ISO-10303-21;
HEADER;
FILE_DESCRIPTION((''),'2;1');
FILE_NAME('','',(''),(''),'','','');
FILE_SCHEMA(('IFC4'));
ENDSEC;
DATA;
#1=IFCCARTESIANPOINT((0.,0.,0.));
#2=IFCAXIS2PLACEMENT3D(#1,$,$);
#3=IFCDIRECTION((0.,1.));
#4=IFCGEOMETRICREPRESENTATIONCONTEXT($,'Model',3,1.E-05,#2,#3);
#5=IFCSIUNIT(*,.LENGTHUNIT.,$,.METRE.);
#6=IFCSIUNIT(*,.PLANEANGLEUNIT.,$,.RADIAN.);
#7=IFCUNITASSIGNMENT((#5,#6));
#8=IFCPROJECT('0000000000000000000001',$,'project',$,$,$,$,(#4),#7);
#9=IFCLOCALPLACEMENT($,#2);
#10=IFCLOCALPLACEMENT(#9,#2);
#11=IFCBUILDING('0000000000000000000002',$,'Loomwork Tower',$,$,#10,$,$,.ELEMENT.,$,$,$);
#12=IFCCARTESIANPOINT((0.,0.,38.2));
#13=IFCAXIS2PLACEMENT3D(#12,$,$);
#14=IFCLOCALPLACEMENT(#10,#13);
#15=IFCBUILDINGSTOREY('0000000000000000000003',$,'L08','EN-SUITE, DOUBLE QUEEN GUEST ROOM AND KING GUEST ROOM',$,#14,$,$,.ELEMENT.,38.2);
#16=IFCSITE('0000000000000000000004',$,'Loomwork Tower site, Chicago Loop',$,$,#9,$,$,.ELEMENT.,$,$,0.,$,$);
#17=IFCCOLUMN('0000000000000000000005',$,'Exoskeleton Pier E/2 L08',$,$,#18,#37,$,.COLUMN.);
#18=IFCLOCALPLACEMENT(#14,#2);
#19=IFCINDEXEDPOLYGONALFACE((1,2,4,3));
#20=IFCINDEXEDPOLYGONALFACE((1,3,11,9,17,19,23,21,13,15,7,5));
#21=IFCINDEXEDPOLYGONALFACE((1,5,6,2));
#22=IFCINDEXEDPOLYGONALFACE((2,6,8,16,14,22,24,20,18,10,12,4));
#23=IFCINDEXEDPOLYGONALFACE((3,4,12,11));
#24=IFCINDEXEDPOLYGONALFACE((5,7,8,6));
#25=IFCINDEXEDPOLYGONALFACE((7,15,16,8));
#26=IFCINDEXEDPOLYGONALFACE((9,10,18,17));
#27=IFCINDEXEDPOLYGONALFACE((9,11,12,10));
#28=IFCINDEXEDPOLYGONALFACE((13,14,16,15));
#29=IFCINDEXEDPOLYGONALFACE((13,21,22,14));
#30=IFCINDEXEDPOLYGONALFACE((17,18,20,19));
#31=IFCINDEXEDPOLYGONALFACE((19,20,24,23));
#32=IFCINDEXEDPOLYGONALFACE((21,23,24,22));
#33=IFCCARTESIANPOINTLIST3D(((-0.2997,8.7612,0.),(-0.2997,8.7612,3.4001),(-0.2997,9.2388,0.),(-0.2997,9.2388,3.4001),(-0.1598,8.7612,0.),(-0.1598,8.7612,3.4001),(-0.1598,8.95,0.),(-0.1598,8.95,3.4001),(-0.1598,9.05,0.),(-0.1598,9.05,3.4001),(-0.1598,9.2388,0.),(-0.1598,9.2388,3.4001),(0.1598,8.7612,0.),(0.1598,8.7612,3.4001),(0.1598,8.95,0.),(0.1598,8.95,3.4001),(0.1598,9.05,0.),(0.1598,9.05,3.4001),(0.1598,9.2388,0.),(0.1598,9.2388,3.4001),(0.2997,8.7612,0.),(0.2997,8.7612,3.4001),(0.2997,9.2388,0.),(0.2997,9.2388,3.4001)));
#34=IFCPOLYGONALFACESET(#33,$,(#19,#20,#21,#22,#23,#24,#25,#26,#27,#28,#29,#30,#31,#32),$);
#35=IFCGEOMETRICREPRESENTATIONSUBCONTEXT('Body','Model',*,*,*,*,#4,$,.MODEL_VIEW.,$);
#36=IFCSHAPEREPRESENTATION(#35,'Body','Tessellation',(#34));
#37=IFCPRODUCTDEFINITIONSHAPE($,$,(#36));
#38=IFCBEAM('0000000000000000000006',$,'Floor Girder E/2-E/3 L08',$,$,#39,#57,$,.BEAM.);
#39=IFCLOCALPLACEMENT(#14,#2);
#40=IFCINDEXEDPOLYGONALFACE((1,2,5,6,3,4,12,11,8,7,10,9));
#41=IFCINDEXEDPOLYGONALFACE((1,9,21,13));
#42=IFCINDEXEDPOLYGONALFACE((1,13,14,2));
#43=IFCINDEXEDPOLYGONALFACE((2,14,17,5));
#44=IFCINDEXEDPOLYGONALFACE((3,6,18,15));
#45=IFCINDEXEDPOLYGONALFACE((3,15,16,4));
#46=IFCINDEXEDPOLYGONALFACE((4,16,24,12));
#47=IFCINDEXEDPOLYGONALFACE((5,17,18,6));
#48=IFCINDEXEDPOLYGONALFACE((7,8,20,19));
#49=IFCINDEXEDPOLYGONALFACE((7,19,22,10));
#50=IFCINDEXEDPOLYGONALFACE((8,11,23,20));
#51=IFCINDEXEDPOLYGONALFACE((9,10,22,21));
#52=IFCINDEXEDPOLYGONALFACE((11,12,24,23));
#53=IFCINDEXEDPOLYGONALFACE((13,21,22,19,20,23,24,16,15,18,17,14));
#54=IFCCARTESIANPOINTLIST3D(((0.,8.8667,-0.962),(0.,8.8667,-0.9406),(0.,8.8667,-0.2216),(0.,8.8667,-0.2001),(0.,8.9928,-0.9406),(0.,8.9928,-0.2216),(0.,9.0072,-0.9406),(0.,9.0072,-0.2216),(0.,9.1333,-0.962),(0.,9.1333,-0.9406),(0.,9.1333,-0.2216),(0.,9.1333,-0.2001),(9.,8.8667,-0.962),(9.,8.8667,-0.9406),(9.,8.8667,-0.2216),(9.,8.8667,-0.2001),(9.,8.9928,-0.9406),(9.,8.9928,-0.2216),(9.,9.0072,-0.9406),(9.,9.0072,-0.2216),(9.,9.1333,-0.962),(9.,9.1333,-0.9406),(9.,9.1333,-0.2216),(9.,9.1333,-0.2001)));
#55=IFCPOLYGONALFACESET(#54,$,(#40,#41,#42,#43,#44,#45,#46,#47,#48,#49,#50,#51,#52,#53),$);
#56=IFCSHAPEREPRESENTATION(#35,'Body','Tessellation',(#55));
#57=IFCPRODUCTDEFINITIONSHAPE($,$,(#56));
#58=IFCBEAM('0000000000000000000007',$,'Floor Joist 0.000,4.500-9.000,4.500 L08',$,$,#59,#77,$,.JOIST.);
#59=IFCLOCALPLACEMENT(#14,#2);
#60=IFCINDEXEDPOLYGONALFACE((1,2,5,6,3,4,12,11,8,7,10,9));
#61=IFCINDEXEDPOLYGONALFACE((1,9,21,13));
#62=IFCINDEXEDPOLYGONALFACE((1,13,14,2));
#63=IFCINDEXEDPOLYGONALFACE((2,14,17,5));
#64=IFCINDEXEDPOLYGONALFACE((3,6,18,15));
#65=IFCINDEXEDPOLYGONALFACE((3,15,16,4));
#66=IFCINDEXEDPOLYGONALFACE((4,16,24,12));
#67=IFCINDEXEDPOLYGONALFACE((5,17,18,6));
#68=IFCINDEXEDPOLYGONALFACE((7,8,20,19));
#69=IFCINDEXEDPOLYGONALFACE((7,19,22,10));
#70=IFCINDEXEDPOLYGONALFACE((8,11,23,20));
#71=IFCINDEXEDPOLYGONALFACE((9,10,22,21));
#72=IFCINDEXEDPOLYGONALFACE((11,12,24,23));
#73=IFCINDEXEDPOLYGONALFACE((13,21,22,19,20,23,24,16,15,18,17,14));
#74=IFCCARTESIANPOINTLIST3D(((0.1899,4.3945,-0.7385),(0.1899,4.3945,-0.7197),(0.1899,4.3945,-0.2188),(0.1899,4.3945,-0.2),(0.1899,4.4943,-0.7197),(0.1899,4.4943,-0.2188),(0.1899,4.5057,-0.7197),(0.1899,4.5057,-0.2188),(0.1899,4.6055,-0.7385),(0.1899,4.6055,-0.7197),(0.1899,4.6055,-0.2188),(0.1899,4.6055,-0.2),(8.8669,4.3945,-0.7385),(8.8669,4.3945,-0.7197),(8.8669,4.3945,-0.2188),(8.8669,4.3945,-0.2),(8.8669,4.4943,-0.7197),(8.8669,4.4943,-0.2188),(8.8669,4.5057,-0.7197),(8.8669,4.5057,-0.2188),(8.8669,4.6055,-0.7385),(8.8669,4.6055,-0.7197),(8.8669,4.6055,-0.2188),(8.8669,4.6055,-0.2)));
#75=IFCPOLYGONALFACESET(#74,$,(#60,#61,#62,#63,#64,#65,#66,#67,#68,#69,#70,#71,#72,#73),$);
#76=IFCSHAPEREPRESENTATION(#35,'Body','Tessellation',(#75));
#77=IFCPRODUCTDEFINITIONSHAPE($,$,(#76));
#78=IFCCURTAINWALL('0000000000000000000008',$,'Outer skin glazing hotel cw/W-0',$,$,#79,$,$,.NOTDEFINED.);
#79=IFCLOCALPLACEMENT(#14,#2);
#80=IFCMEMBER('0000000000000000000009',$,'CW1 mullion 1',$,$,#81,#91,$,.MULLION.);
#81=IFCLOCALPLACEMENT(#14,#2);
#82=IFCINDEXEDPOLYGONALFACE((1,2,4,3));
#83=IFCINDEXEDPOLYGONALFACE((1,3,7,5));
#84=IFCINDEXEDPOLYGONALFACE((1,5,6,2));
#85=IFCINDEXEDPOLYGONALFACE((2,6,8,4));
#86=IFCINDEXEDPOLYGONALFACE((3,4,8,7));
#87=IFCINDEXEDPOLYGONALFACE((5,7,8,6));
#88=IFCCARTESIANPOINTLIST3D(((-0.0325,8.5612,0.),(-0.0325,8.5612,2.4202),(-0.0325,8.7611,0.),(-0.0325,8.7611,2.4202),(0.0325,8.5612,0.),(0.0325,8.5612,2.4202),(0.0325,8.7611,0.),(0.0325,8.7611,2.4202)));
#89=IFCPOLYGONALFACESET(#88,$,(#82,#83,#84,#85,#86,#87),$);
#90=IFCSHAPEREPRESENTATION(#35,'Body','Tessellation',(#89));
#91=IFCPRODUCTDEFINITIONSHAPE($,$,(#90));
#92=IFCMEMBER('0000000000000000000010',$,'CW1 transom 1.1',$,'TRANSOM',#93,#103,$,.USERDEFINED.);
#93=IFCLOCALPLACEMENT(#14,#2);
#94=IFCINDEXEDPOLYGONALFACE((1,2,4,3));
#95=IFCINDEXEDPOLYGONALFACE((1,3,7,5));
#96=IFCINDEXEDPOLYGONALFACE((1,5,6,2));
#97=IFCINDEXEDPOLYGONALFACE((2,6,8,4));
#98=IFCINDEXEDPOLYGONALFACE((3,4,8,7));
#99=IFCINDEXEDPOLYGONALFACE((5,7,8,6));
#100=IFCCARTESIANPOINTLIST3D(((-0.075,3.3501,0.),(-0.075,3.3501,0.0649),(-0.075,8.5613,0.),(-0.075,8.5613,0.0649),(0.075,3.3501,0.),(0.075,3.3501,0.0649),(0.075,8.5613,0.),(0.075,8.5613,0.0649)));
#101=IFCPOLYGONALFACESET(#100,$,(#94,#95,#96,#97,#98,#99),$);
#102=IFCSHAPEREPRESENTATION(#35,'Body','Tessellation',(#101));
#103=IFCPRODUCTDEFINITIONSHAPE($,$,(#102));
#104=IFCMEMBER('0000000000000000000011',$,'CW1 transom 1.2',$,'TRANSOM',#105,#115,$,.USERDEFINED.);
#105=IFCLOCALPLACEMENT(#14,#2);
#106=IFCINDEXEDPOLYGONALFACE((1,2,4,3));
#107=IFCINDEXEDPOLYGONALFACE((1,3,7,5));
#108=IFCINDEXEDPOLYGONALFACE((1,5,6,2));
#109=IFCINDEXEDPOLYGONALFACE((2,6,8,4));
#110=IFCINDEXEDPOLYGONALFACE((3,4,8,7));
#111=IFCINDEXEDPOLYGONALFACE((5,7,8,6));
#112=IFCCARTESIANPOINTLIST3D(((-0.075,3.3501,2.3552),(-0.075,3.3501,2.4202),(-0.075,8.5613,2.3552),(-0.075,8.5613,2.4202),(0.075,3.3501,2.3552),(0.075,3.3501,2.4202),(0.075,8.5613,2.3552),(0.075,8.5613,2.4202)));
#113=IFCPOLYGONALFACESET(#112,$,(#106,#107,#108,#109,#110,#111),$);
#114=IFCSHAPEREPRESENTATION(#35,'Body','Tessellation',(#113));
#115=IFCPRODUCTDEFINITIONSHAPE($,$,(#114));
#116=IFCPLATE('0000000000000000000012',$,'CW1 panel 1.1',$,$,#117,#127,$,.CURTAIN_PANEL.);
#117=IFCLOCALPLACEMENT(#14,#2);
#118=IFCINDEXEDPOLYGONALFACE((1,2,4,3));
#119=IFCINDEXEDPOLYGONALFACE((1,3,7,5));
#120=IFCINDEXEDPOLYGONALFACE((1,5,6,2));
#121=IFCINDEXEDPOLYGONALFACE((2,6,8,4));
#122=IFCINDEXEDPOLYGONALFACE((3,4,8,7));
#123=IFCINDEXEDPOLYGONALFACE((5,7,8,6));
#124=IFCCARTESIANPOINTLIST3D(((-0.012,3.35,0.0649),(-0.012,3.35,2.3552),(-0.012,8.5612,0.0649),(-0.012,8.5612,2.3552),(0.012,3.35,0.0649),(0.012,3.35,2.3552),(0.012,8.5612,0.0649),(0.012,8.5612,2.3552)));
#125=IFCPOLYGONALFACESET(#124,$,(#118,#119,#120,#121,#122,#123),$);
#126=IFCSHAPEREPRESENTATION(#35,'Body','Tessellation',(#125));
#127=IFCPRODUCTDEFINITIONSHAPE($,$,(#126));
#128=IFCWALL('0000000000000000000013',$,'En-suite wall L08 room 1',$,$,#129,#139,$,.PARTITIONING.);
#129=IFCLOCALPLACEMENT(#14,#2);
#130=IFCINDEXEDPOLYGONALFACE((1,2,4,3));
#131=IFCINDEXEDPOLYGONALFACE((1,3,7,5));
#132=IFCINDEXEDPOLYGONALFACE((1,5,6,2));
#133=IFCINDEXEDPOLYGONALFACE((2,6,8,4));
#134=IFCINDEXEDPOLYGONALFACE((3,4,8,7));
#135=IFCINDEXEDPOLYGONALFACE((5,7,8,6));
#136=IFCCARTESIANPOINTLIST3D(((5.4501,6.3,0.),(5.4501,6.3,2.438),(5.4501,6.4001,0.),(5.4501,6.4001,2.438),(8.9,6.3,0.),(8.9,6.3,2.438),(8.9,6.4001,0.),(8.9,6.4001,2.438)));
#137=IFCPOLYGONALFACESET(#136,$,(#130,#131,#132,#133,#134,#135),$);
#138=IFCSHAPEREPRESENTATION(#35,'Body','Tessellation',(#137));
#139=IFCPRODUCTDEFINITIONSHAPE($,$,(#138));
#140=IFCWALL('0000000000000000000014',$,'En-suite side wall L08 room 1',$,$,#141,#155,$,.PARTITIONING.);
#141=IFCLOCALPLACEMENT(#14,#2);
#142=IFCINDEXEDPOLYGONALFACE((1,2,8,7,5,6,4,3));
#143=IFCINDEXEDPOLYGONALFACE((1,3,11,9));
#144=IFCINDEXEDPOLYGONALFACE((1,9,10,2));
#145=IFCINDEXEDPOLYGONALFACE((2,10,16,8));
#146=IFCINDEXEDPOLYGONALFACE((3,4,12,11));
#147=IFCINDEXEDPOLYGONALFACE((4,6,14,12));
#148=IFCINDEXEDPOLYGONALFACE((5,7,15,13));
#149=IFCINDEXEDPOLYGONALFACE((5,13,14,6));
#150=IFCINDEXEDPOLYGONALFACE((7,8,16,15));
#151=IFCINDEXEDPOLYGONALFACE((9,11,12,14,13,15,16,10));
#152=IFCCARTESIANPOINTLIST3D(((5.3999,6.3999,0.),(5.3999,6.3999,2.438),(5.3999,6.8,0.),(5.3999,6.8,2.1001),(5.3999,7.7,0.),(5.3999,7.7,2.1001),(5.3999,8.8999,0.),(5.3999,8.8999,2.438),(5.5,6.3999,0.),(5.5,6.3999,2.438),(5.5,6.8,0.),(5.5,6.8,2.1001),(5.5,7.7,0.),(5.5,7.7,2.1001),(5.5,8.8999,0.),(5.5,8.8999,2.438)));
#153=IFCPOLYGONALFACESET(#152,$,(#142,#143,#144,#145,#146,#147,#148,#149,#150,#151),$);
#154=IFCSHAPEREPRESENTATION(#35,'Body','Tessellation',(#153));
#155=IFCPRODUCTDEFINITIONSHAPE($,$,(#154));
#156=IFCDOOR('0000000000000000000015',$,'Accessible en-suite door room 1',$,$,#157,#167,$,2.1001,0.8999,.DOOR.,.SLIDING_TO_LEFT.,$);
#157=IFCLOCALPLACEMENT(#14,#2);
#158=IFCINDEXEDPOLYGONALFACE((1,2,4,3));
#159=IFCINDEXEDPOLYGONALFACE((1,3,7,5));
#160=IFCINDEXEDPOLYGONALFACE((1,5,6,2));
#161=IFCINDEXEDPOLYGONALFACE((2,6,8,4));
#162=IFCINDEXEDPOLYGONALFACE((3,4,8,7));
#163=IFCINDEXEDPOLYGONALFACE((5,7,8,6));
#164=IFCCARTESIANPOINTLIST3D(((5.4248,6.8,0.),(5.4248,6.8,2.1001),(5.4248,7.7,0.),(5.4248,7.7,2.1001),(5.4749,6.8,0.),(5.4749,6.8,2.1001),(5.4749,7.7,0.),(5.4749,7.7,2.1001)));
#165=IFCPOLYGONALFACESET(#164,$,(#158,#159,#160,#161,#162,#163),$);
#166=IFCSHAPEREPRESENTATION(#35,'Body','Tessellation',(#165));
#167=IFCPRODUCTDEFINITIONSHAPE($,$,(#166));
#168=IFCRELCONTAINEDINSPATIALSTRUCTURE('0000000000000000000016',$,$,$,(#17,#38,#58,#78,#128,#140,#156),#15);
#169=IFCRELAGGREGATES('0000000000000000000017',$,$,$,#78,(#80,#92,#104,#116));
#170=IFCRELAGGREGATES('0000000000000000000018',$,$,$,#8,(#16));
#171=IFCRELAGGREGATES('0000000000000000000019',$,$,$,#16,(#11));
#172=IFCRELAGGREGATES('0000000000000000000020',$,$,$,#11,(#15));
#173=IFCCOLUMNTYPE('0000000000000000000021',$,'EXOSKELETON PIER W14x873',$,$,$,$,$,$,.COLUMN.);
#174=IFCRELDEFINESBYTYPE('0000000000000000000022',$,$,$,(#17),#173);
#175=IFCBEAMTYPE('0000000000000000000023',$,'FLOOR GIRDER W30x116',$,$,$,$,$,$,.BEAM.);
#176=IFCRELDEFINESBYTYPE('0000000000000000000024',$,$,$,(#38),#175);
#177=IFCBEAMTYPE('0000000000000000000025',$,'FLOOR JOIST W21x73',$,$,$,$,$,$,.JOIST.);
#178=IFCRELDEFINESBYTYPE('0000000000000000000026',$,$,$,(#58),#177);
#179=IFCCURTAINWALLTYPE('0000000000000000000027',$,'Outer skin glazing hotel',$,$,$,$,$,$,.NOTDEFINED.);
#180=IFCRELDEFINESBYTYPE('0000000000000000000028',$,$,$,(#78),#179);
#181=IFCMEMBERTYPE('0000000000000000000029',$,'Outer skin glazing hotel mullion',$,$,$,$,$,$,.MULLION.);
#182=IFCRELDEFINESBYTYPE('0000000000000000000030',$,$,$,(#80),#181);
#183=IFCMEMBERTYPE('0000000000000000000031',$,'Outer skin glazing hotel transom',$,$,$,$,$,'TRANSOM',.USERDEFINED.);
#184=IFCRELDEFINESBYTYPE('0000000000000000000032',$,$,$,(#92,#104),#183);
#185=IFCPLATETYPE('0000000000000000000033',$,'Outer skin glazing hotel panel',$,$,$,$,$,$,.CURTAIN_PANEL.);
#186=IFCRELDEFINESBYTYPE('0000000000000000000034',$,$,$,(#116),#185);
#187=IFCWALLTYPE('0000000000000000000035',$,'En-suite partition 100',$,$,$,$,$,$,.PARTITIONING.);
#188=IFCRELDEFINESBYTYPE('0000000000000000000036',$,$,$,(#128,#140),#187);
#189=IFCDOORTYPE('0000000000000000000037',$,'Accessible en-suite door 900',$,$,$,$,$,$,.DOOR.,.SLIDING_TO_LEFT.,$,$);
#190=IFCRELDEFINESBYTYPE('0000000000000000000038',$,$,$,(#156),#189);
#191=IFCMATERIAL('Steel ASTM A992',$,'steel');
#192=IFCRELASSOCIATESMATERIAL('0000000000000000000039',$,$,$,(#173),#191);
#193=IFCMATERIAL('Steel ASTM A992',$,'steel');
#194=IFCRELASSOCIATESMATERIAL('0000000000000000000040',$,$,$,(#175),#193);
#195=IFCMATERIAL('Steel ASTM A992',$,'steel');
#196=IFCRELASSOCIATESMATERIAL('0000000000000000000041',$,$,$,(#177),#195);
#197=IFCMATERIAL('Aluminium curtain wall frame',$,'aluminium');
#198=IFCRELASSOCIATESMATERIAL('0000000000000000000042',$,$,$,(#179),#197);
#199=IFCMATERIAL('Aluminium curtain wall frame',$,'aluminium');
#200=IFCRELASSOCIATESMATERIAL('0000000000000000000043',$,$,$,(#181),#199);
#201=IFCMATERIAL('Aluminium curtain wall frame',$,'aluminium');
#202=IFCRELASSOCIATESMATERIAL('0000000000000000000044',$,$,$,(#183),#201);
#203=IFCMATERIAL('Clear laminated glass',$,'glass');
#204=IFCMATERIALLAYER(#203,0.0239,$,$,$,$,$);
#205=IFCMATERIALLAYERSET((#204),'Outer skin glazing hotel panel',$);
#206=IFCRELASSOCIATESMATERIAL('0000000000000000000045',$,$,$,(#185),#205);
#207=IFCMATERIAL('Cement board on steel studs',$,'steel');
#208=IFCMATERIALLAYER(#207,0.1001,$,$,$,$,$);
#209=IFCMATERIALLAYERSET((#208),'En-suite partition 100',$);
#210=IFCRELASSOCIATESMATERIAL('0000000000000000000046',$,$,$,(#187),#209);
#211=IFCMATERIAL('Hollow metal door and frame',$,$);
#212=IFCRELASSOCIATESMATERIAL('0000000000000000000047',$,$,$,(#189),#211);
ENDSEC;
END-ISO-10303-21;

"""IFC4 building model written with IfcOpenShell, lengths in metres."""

from ifc_helpers import new_model, si_unit, direction, frame, frame_2d, origin, origin_2d, place, context, subcontext, project, spatial, rectangle, i_section, extrude, material, layer, layer_set, material_profile, profile_set, type_object, element, fill, aggregate, save


model = new_model("IFC4")

# Units and contexts
model_context = context("Model", 3, precision=1e-05, world=origin(), true_north=direction((0.0, 1.0)))
body_context = subcontext(model_context, "Body", "Model", "MODEL_VIEW")
ifc_project = project(units=[si_unit("LENGTHUNIT", "METRE"), si_unit("PLANEANGLEUNIT", "RADIAN")], contexts=[model_context])

# Site, building, storey
site_placement = place(None, origin())
site = spatial("IfcSite", under=ifc_project, at=site_placement, Name="Loomwork Tower site, Chicago Loop", CompositionType="ELEMENT", RefElevation=0.0)
building_placement = place(site_placement, origin())
building = spatial("IfcBuilding", under=site, at=building_placement, Name="Loomwork Tower", CompositionType="ELEMENT")
storey_placement = place(building_placement, frame((0.0, 0.0, 38.2)))
storey = spatial("IfcBuildingStorey", under=building, at=storey_placement, Name="L08", Description="EN-SUITE, DOUBLE QUEEN GUEST ROOM AND KING GUEST ROOM", CompositionType="ELEMENT", Elevation=38.2)

# Column
ifc_material_1 = material(Name="Steel ASTM A992", Category="steel")
ifc_material_profile_1 = material_profile(ifc_material_1, i_section(OverallWidth=0.4775, OverallDepth=0.5994, WebThickness=0.1001, FlangeThickness=0.1399, at=origin_2d()), Name="W14x873")
ifc_profile_set_1 = profile_set([ifc_material_profile_1], Name="Steel ASTM A992")
column_type = type_object("IfcColumnType", Name="EXOSKELETON PIER W14x873", PredefinedType="COLUMN", material=ifc_profile_set_1)
column_placement = place(storey_placement, frame((0.0, 9.0, 0.0), z_axis=(0.0, 0.0, 1.0), x_axis=(0.0, 1.0, 0.0)))
element("IfcColumn", 1, at=column_placement, inside=storey, type_object=column_type, Name="Exoskeleton Pier E/2 L08", PredefinedType="COLUMN", context=body_context, shape_type="SweptSolid", body=[
    extrude(i_section(OverallWidth=0.4775, OverallDepth=0.5994, WebThickness=0.1001, FlangeThickness=0.1399, at=origin_2d()), origin(), (0.0, 0.0, 1.0), 3.4001),
])

# Beams
ifc_material_2 = material(Name="Steel ASTM A992", Category="steel")
ifc_material_profile_2 = material_profile(ifc_material_2, i_section(OverallWidth=0.2666, OverallDepth=0.762, WebThickness=0.0144, FlangeThickness=0.0215, at=origin_2d()), Name="W30x116")
ifc_profile_set_2 = profile_set([ifc_material_profile_2], Name="Steel ASTM A992")
beam_type_1 = type_object("IfcBeamType", Name="FLOOR GIRDER W30x116", PredefinedType="BEAM", material=ifc_profile_set_2)
beam_1_placement = place(storey_placement, frame((0.0, 9.0, -0.5811), z_axis=(1.0, 0.0, 0.0), x_axis=(0.0, 1.0, 0.0)))
element("IfcBeam", 2, at=beam_1_placement, inside=storey, type_object=beam_type_1, Name="Floor Girder E/2-E/3 L08", PredefinedType="BEAM", context=body_context, shape_type="SweptSolid", body=[
    extrude(i_section(OverallWidth=0.2666, OverallDepth=0.762, WebThickness=0.0144, FlangeThickness=0.0215, at=origin_2d()), origin(), (0.0, 0.0, 1.0), 9.0),
])
ifc_material_3 = material(Name="Steel ASTM A992", Category="steel")
ifc_material_profile_3 = material_profile(ifc_material_3, i_section(OverallWidth=0.2109, OverallDepth=0.5386, WebThickness=0.0115, FlangeThickness=0.0188, at=origin_2d()), Name="W21x73")
ifc_profile_set_3 = profile_set([ifc_material_profile_3], Name="Steel ASTM A992")
beam_type_2 = type_object("IfcBeamType", Name="FLOOR JOIST W21x73", PredefinedType="JOIST", material=ifc_profile_set_3)
beam_2_placement = place(storey_placement, frame((0.1899, 4.5, -0.4692), z_axis=(1.0, 0.0, 0.0), x_axis=(0.0, 1.0, 0.0)))
element("IfcBeam", 3, at=beam_2_placement, inside=storey, type_object=beam_type_2, Name="Floor Joist 0.000,4.500-9.000,4.500 L08", PredefinedType="JOIST", context=body_context, shape_type="SweptSolid", body=[
    extrude(i_section(OverallWidth=0.2109, OverallDepth=0.5386, WebThickness=0.0115, FlangeThickness=0.0188, at=origin_2d()), origin(), (0.0, 0.0, 1.0), 8.677),
])

# Curtain wall, members, plate
ifc_material_4 = material(Name="Aluminium curtain wall frame", Category="aluminium")
curtain_wall_type = type_object("IfcCurtainWallType", Name="Outer skin glazing hotel", PredefinedType="NOTDEFINED", material=ifc_material_4)
curtain_wall_placement = place(storey_placement, origin())
curtain_wall = element("IfcCurtainWall", 4, at=curtain_wall_placement, inside=storey, type_object=curtain_wall_type, Name="Outer skin glazing hotel cw/W-0", PredefinedType="NOTDEFINED")
ifc_material_5 = material(Name="Aluminium curtain wall frame", Category="aluminium")
ifc_material_profile_4 = material_profile(ifc_material_5, rectangle(XDim=0.0649, YDim=0.2, at=origin_2d()), Name="AL 65x200")
ifc_profile_set_4 = profile_set([ifc_material_profile_4], Name="Aluminium curtain wall frame")
member_type_1 = type_object("IfcMemberType", Name="Outer skin glazing hotel mullion", PredefinedType="MULLION", material=ifc_profile_set_4)
member_1_placement = place(storey_placement, frame((0.0, 8.6611, 0.0), z_axis=(0.0, 0.0, 1.0), x_axis=(1.0, 0.0, 0.0)))
member_1 = element("IfcMember", 5, at=member_1_placement, type_object=member_type_1, Name="CW1 mullion 1", PredefinedType="MULLION", context=body_context, shape_type="SweptSolid", body=[
    extrude(rectangle(XDim=0.0649, YDim=0.2, at=origin_2d()), origin(), (0.0, 0.0, 1.0), 2.4202),
])
ifc_material_6 = material(Name="Aluminium curtain wall frame", Category="aluminium")
ifc_material_profile_5 = material_profile(ifc_material_6, rectangle(XDim=0.1499, YDim=0.0649, at=origin_2d()), Name="AL 65x150")
ifc_profile_set_5 = profile_set([ifc_material_profile_5], Name="Aluminium curtain wall frame")
member_type_2 = type_object("IfcMemberType", Name="Outer skin glazing hotel transom", ElementType="TRANSOM", PredefinedType="USERDEFINED", material=ifc_profile_set_5)
member_2_placement = place(storey_placement, frame((0.0, 8.5613, 0.0325), z_axis=(0.0, -1.0, 0.0), x_axis=(1.0, 0.0, 0.0)))
member_2 = element("IfcMember", 6, at=member_2_placement, type_object=member_type_2, Name="CW1 transom 1.1", ObjectType="TRANSOM", PredefinedType="USERDEFINED", context=body_context, shape_type="SweptSolid", body=[
    extrude(rectangle(XDim=0.1499, YDim=0.0649, at=origin_2d()), origin(), (0.0, 0.0, 1.0), 5.2112),
])
member_3_placement = place(storey_placement, frame((0.0, 8.5613, 2.3877), z_axis=(0.0, -1.0, 0.0), x_axis=(1.0, 0.0, 0.0)))
member_3 = element("IfcMember", 7, at=member_3_placement, type_object=member_type_2, Name="CW1 transom 1.2", ObjectType="TRANSOM", PredefinedType="USERDEFINED", context=body_context, shape_type="SweptSolid", body=[
    extrude(rectangle(XDim=0.1499, YDim=0.0649, at=origin_2d()), origin(), (0.0, 0.0, 1.0), 5.2112),
])
ifc_material_7 = material(Name="Clear laminated glass", Category="glass")
ifc_layer_1 = layer(ifc_material_7, 0.0239)
ifc_layer_set_1 = layer_set([ifc_layer_1], Name="Outer skin glazing hotel panel")
plate_type = type_object("IfcPlateType", Name="Outer skin glazing hotel panel", PredefinedType="CURTAIN_PANEL", material=ifc_layer_set_1)
plate_placement = place(storey_placement, frame((0.0, 5.9556, 0.0649), z_axis=(0.0, 0.0, 1.0), x_axis=(0.0, -1.0, 0.0)))
plate = element("IfcPlate", 8, at=plate_placement, type_object=plate_type, Name="CW1 panel 1.1", PredefinedType="CURTAIN_PANEL", context=body_context, shape_type="SweptSolid", body=[
    extrude(rectangle(XDim=5.2112, YDim=0.0239, at=origin_2d()), origin(), (0.0, 0.0, 1.0), 2.2903),
])
aggregate(curtain_wall, [member_1, member_2, member_3, plate])

# Wall
ifc_material_8 = material(Name="Cement board on steel studs", Category="steel")
ifc_layer_2 = layer(ifc_material_8, 0.1001)
ifc_layer_set_2 = layer_set([ifc_layer_2], Name="En-suite partition 100")
wall_type_1 = type_object("IfcWallType", Name="En-suite partition 100", PredefinedType="PARTITIONING", material=ifc_layer_set_2)
wall_1_placement = place(storey_placement, frame((5.45, 6.3501, 0.0), z_axis=(0.0, 0.0, 1.0), x_axis=(1.0, 0.0, 0.0)))
element("IfcWall", 9, at=wall_1_placement, inside=storey, type_object=wall_type_1, Name="En-suite wall L08 room 1", PredefinedType="PARTITIONING", context=body_context, shape_type="SweptSolid", body=[
    extrude(rectangle(XDim=3.45, YDim=0.1001, at=frame_2d((1.7251, 0.0))), origin(), (0.0, 0.0, 1.0), 2.438),
])

# Wall, opening, door
wall_2_placement = place(storey_placement, frame((5.45, 8.8999, 0.0), z_axis=(0.0, 0.0, 1.0), x_axis=(0.0, -1.0, 0.0)))
wall_2 = element("IfcWall", 10, at=wall_2_placement, inside=storey, type_object=wall_type_1, Name="En-suite side wall L08 room 1", PredefinedType="PARTITIONING", context=body_context, shape_type="SweptSolid", body=[
    extrude(rectangle(XDim=2.5, YDim=0.1001, at=frame_2d((1.25, 0.0))), origin(), (0.0, 0.0, 1.0), 2.438),
])
opening_placement = place(wall_2_placement, frame((1.2, 0.0, 0.0)))
opening = element("IfcOpeningElement", 11, at=opening_placement, cuts=wall_2, PredefinedType="OPENING", context=body_context, shape_type="SweptSolid", body=[
    extrude(rectangle(XDim=0.8999, YDim=2.1001, at=frame_2d((0.45, 1.05))), frame((0.0, 0.0601, 0.0), z_axis=(0.0, -1.0, 0.0), x_axis=(1.0, 0.0, 0.0)), (0.0, 0.0, 1.0), 0.1201),
])
ifc_material_9 = material(Name="Hollow metal door and frame")
door_type = type_object("IfcDoorType", Name="Accessible en-suite door 900", OperationType="SLIDING_TO_LEFT", PredefinedType="DOOR", material=ifc_material_9)
door_placement = place(opening_placement, origin())
door = element("IfcDoor", 12, at=door_placement, inside=storey, type_object=door_type, Name="Accessible en-suite door room 1", OperationType="SLIDING_TO_LEFT", OverallHeight=2.1001, OverallWidth=0.8999, PredefinedType="DOOR", context=body_context, shape_type="SweptSolid", body=[
    extrude(rectangle(XDim=0.8999, YDim=2.1001, at=frame_2d((0.45, 1.05))), frame((0.0, 0.0249, 0.0), z_axis=(0.0, -1.0, 0.0), x_axis=(1.0, 0.0, 0.0)), (0.0, 0.0, 1.0), 0.05),
])
fill(opening, door)

save(model, "model.ifc")
